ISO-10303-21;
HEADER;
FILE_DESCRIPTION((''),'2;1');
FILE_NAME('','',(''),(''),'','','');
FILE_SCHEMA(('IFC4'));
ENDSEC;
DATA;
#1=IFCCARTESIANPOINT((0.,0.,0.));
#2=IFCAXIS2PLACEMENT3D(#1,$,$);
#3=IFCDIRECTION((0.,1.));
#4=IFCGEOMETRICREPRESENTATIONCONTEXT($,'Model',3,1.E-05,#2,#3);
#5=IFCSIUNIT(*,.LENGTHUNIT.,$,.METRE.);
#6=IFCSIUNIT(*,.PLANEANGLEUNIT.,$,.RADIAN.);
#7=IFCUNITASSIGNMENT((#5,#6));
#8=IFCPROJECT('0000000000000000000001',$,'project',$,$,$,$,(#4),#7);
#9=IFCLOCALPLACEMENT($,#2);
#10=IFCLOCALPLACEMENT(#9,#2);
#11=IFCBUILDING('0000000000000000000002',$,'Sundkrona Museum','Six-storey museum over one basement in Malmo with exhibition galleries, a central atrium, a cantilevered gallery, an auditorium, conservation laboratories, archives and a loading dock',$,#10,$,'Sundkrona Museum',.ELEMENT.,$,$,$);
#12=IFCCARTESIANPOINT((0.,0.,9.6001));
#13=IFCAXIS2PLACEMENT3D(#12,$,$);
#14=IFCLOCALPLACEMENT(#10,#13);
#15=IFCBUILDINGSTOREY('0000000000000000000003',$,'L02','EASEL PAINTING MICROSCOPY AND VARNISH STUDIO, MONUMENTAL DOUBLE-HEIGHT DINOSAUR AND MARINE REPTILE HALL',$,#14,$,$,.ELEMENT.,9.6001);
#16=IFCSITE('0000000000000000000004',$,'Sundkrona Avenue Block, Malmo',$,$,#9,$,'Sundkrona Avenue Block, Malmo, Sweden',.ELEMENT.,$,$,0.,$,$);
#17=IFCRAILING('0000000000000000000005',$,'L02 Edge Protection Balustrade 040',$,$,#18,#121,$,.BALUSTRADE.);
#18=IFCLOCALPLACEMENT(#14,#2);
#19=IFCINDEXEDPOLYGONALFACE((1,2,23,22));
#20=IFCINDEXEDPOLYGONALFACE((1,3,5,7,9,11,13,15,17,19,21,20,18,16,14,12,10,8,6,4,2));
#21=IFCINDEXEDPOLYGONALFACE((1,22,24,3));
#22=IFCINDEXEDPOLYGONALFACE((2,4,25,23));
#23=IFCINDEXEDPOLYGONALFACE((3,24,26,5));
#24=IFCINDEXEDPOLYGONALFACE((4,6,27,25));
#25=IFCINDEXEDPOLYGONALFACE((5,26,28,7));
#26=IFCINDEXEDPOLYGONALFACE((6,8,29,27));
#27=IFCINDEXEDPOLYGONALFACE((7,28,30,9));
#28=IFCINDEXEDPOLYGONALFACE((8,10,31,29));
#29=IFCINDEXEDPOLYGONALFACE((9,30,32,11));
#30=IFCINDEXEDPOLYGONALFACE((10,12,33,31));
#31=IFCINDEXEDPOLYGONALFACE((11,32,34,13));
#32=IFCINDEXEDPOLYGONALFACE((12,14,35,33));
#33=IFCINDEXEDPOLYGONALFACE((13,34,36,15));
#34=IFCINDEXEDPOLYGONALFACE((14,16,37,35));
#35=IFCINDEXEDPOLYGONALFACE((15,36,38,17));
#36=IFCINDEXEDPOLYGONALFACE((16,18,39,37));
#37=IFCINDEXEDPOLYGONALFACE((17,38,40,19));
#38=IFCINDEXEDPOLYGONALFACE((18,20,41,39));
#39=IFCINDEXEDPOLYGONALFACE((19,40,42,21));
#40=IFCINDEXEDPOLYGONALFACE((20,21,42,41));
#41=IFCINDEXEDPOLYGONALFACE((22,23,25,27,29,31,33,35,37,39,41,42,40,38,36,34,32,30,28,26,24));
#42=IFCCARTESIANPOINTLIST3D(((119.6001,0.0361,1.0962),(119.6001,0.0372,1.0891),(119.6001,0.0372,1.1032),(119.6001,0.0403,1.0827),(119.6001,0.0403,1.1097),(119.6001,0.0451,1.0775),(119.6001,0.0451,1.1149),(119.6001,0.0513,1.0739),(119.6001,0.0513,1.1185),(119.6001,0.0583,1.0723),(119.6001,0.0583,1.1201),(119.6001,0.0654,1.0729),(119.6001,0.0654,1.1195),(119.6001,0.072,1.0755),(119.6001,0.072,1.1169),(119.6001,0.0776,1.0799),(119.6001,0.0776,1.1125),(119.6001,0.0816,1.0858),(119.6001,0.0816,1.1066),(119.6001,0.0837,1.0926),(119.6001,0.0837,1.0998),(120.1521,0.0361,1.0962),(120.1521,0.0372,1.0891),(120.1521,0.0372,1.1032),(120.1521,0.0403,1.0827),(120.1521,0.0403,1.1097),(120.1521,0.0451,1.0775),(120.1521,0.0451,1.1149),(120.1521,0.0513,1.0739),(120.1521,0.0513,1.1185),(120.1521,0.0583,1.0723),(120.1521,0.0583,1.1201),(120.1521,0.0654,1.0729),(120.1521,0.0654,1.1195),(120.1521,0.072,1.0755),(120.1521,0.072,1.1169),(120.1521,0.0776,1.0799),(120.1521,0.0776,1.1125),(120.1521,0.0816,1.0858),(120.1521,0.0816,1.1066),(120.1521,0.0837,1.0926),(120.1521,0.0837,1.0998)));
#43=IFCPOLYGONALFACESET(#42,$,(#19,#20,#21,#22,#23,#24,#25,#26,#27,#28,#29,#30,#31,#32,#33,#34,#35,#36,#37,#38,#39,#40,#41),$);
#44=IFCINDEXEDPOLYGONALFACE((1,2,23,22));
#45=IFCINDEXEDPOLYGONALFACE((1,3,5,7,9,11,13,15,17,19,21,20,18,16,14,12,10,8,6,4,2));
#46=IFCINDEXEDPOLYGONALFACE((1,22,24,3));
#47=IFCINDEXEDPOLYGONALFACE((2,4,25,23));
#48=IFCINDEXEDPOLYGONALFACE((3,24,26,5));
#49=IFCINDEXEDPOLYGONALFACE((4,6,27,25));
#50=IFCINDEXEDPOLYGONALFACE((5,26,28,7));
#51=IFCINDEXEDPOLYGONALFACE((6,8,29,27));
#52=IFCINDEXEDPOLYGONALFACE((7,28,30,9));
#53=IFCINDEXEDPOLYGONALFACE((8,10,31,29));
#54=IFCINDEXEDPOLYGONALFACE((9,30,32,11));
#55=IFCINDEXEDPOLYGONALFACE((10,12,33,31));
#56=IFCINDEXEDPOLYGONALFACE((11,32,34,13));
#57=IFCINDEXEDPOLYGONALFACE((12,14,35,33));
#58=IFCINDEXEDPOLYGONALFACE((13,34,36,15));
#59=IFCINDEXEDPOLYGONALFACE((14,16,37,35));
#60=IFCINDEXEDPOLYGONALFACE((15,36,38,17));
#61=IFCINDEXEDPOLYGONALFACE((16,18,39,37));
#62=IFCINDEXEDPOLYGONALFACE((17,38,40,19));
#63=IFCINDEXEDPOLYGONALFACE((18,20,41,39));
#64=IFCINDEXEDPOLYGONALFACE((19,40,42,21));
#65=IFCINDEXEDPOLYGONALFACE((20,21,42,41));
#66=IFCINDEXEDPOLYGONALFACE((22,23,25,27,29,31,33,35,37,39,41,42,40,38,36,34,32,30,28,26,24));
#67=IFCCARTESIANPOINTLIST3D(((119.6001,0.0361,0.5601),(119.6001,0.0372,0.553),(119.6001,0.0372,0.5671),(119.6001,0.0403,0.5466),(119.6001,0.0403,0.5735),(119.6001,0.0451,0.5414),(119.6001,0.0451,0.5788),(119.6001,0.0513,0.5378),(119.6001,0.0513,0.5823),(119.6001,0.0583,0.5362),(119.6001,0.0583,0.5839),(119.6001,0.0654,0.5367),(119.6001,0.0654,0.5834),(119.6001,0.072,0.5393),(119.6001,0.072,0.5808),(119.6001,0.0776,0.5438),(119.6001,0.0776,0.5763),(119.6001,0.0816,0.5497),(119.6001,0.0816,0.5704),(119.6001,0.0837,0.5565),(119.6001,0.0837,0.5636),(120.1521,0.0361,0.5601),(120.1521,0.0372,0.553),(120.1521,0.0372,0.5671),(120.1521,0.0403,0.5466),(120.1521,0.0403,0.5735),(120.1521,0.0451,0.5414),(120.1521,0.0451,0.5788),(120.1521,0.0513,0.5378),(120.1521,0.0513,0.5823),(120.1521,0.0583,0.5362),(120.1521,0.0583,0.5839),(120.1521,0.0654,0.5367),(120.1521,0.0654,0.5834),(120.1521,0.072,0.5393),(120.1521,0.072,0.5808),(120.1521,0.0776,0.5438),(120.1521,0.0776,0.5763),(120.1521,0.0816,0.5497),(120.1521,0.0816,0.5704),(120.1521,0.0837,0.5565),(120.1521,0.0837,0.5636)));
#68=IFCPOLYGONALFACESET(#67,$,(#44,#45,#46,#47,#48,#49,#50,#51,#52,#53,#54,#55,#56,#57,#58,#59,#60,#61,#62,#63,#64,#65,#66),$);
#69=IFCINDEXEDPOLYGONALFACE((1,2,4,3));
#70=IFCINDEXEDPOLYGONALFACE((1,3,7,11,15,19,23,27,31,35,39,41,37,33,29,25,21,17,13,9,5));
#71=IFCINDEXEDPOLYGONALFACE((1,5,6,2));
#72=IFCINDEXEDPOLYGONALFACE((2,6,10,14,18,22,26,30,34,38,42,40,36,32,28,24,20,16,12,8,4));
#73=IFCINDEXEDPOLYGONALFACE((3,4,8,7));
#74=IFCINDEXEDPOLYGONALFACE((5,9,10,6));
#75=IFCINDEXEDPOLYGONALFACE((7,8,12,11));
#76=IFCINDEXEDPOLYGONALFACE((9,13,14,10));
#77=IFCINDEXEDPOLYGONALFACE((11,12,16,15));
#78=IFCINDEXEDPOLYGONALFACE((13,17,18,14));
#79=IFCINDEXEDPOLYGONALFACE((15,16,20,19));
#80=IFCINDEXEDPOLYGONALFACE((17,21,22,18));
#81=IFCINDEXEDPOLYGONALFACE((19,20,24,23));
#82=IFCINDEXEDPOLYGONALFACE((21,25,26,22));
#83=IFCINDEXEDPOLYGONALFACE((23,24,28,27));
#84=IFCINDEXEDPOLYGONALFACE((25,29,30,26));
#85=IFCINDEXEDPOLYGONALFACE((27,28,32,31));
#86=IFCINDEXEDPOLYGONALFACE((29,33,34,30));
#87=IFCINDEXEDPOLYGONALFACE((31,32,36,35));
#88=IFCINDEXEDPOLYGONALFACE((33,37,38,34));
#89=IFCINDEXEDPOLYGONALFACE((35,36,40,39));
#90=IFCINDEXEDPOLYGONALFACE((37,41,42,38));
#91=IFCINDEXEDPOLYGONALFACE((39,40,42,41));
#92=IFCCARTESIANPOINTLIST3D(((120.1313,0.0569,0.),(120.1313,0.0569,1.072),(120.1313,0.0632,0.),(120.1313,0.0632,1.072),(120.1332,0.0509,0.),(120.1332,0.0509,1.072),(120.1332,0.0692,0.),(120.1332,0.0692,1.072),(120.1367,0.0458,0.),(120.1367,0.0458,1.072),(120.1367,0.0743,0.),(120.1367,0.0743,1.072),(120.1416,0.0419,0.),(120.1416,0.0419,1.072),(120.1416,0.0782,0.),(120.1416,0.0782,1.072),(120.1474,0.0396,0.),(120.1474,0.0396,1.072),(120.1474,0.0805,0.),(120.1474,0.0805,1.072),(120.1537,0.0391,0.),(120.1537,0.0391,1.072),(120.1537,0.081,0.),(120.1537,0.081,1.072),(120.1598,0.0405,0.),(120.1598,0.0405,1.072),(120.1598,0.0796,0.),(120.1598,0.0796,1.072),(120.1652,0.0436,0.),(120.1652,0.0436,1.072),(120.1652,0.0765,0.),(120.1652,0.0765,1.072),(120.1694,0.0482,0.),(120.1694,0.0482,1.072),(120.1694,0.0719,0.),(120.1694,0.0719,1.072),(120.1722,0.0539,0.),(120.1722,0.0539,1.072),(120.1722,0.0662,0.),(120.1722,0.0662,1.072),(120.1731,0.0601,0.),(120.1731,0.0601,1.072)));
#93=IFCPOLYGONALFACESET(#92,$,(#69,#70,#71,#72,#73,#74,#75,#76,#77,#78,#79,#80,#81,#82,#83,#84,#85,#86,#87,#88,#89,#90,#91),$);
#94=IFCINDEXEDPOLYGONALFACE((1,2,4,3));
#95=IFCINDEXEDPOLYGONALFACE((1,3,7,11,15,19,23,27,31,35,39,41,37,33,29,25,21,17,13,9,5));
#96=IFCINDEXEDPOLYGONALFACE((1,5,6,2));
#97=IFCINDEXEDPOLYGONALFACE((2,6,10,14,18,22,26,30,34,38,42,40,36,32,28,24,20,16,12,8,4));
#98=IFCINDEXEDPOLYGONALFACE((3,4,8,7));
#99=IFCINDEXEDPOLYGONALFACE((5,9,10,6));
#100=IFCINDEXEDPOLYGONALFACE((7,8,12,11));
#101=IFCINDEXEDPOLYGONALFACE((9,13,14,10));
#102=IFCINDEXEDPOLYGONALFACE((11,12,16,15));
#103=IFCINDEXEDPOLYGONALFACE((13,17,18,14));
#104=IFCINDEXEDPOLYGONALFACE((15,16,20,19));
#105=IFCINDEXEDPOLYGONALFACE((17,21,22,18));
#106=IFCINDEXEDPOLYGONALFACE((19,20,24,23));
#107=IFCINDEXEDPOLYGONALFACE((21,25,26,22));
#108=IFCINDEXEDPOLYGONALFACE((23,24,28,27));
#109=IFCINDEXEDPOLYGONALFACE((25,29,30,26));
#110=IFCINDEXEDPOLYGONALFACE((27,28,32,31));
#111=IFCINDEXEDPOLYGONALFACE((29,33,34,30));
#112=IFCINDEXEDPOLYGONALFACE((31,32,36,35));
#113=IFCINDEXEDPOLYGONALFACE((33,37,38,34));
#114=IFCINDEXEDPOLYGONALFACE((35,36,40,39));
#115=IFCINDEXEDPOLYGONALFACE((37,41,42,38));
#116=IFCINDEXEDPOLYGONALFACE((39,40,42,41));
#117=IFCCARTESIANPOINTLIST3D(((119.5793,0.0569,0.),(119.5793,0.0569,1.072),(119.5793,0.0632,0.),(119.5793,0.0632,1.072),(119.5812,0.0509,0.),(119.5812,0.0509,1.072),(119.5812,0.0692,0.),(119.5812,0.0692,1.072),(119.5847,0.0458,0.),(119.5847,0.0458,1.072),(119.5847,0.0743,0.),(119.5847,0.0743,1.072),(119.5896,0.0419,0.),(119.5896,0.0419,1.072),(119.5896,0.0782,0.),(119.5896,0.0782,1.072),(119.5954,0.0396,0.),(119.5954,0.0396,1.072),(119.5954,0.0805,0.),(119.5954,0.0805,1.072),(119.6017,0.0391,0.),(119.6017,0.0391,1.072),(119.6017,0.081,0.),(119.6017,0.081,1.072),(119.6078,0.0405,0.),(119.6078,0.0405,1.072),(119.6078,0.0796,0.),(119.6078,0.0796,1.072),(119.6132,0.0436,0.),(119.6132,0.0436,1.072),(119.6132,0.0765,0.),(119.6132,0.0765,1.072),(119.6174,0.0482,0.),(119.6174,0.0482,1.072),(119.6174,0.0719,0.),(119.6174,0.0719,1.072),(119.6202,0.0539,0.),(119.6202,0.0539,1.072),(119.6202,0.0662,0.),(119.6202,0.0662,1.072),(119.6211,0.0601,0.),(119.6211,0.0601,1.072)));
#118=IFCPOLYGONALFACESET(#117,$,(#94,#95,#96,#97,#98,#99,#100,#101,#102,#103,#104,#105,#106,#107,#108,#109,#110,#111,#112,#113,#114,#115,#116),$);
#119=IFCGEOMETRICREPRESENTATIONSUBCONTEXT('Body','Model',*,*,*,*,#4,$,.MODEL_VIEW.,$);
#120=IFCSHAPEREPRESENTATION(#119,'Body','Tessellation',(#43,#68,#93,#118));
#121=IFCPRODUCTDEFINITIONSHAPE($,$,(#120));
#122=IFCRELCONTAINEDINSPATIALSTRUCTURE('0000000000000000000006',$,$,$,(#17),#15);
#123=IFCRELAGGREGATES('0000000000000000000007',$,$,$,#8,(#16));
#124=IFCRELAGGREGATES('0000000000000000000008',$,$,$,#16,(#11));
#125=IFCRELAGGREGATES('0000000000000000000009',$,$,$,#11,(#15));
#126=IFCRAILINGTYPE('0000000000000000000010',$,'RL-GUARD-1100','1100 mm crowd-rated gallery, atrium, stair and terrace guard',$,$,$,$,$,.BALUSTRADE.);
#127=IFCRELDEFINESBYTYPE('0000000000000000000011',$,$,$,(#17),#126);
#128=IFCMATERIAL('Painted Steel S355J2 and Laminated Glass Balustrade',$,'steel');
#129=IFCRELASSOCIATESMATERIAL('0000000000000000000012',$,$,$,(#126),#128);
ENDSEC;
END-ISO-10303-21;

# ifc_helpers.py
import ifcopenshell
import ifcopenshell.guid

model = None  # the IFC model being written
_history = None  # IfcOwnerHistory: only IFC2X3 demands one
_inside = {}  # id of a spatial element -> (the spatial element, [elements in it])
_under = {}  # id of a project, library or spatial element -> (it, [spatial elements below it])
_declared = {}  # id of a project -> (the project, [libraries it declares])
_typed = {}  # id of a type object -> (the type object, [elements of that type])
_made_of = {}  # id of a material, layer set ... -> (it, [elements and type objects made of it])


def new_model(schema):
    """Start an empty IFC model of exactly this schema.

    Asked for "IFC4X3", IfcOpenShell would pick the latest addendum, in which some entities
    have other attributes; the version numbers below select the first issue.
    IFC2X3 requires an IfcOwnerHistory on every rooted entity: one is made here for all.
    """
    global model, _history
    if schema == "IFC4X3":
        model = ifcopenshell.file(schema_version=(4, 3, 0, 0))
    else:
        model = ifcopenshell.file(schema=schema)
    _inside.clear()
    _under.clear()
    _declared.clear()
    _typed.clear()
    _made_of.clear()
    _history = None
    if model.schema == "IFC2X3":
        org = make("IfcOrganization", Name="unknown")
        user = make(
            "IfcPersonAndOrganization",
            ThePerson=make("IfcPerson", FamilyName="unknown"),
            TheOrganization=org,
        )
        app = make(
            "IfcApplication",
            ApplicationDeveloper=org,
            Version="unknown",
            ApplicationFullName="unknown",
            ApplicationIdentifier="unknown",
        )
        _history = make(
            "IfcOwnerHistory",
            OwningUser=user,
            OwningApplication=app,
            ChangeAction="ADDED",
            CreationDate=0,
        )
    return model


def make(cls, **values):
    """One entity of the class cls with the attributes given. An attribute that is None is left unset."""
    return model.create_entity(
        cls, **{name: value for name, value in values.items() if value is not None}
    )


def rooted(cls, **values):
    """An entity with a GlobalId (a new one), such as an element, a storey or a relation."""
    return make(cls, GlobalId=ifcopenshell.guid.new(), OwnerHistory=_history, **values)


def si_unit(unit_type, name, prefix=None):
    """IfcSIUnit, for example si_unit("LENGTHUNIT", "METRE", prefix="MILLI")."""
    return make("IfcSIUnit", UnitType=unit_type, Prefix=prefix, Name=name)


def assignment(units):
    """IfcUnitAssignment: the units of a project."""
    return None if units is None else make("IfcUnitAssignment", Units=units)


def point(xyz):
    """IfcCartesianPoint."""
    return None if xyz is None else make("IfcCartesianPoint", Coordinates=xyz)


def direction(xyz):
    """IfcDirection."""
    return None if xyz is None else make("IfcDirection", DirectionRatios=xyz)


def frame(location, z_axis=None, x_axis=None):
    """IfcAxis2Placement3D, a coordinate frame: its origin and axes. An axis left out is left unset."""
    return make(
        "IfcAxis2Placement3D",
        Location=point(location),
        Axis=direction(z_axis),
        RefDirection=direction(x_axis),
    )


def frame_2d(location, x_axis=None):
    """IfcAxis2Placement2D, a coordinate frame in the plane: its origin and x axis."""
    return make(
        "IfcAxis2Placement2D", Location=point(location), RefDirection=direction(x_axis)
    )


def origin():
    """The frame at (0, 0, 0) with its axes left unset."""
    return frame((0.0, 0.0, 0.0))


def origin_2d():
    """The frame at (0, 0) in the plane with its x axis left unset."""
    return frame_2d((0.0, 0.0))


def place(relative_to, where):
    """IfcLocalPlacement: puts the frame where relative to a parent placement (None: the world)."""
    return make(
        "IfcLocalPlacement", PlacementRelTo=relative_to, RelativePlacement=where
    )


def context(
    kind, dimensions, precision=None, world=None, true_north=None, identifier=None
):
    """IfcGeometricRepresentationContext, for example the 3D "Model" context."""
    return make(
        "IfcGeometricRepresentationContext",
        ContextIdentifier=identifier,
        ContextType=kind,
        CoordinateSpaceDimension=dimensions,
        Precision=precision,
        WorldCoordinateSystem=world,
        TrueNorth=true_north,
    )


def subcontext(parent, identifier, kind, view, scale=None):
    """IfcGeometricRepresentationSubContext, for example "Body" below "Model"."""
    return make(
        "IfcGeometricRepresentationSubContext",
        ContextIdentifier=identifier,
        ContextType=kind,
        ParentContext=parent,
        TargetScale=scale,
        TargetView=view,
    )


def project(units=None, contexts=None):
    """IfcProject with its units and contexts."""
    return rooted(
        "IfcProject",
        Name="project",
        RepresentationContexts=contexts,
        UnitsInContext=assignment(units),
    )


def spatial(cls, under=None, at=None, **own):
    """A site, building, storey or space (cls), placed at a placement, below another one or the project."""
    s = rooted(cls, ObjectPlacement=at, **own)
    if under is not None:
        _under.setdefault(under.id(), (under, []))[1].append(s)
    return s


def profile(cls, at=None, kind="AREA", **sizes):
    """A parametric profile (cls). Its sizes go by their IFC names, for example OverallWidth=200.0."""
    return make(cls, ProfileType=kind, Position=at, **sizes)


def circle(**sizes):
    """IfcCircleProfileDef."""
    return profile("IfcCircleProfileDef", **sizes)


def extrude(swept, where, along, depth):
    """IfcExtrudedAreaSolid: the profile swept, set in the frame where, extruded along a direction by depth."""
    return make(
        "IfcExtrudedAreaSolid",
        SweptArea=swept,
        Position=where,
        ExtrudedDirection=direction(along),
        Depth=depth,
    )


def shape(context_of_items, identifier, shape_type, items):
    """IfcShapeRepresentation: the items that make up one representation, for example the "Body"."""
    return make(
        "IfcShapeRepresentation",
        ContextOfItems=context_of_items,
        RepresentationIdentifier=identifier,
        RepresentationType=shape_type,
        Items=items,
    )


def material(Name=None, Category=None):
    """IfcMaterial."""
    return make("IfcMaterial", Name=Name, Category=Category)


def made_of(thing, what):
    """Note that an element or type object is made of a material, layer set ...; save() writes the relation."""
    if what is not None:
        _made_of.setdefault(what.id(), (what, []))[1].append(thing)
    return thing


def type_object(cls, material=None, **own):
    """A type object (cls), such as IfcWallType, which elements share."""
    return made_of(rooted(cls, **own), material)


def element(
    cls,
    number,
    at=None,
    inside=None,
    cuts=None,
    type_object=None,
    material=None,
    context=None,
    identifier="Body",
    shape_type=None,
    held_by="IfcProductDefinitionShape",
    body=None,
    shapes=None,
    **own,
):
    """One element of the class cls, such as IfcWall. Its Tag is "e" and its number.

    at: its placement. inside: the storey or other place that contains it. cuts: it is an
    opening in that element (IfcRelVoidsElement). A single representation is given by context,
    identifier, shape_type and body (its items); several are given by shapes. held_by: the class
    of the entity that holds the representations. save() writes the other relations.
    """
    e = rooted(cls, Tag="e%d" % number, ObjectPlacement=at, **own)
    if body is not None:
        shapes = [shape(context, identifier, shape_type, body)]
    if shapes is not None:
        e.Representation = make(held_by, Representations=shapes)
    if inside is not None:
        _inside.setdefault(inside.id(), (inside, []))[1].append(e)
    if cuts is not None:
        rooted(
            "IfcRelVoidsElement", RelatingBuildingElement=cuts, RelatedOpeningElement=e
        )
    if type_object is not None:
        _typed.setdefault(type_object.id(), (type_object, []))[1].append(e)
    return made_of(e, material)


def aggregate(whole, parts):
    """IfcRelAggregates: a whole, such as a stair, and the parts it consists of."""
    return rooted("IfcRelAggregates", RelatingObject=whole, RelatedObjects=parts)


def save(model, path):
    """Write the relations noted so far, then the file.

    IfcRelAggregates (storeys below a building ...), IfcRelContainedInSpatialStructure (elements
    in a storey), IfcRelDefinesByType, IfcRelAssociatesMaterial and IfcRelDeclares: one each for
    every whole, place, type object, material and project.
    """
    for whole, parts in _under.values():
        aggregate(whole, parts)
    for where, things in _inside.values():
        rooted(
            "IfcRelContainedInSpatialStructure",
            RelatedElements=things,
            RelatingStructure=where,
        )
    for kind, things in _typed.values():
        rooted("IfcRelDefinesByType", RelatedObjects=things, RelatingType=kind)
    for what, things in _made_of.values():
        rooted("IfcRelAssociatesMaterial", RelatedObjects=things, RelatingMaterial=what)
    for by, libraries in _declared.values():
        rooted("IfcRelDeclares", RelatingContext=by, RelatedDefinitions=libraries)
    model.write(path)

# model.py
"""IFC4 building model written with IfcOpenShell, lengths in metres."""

from ifc_helpers import new_model, si_unit, direction, frame, origin, origin_2d, place, context, subcontext, project, spatial, circle, extrude, material, type_object, element, save


model = new_model("IFC4")

# Units and contexts
model_context = context("Model", 3, precision=1e-05, world=origin(), true_north=direction((0.0, 1.0)))
body_context = subcontext(model_context, "Body", "Model", "MODEL_VIEW")
ifc_project = project(units=[si_unit("LENGTHUNIT", "METRE"), si_unit("PLANEANGLEUNIT", "RADIAN")], contexts=[model_context])

# Site, building, storey
site_placement = place(None, origin())
site = spatial("IfcSite", under=ifc_project, at=site_placement, Name="Sundkrona Avenue Block, Malmo", LongName="Sundkrona Avenue Block, Malmo, Sweden", CompositionType="ELEMENT", RefElevation=0.0)
building_placement = place(site_placement, origin())
building = spatial("IfcBuilding", under=site, at=building_placement, Name="Sundkrona Museum", Description="Six-storey museum over one basement in Malmo with exhibition galleries, a central atrium, a cantilevered gallery, an auditorium, conservation laboratories, archives and a loading dock", LongName="Sundkrona Museum", CompositionType="ELEMENT")
storey_placement = place(building_placement, frame((0.0, 0.0, 9.6001)))
storey = spatial("IfcBuildingStorey", under=building, at=storey_placement, Name="L02", Description="EASEL PAINTING MICROSCOPY AND VARNISH STUDIO, MONUMENTAL DOUBLE-HEIGHT DINOSAUR AND MARINE REPTILE HALL", CompositionType="ELEMENT", Elevation=9.6001)

# Railing
ifc_material_1 = material(Name="Painted Steel S355J2 and Laminated Glass Balustrade", Category="steel")
railing_type = type_object("IfcRailingType", Name="RL-GUARD-1100", Description="1100 mm crowd-rated gallery, atrium, stair and terrace guard", PredefinedType="BALUSTRADE", material=ifc_material_1)
railing_1_placement = place(storey_placement, frame((120.1521, 0.0601, 0.0)))
element("IfcRailing", 1, at=railing_1_placement, inside=storey, type_object=railing_type, Name="L02 Edge Protection Balustrade 040", PredefinedType="BALUSTRADE", context=body_context, shape_type="SweptSolid", body=[
    extrude(circle(Radius=0.0239, at=origin_2d()), frame((0.0, 0.0, 1.0962), z_axis=(-1.0, 0.0, 0.0), x_axis=(0.0, -1.0, 0.0)), (0.0, 0.0, 1.0), 0.552),
    extrude(circle(Radius=0.0239, at=origin_2d()), frame((0.0, 0.0, 0.5601), z_axis=(-1.0, 0.0, 0.0), x_axis=(0.0, -1.0, 0.0)), (0.0, 0.0, 1.0), 0.552),
    extrude(circle(Radius=0.021, at=origin_2d()), origin(), (0.0, 0.0, 1.0), 1.072),
    extrude(circle(Radius=0.021, at=origin_2d()), frame((-0.552, 0.0, 0.0)), (0.0, 0.0, 1.0), 1.072),
])

save(model, "model.ifc")
